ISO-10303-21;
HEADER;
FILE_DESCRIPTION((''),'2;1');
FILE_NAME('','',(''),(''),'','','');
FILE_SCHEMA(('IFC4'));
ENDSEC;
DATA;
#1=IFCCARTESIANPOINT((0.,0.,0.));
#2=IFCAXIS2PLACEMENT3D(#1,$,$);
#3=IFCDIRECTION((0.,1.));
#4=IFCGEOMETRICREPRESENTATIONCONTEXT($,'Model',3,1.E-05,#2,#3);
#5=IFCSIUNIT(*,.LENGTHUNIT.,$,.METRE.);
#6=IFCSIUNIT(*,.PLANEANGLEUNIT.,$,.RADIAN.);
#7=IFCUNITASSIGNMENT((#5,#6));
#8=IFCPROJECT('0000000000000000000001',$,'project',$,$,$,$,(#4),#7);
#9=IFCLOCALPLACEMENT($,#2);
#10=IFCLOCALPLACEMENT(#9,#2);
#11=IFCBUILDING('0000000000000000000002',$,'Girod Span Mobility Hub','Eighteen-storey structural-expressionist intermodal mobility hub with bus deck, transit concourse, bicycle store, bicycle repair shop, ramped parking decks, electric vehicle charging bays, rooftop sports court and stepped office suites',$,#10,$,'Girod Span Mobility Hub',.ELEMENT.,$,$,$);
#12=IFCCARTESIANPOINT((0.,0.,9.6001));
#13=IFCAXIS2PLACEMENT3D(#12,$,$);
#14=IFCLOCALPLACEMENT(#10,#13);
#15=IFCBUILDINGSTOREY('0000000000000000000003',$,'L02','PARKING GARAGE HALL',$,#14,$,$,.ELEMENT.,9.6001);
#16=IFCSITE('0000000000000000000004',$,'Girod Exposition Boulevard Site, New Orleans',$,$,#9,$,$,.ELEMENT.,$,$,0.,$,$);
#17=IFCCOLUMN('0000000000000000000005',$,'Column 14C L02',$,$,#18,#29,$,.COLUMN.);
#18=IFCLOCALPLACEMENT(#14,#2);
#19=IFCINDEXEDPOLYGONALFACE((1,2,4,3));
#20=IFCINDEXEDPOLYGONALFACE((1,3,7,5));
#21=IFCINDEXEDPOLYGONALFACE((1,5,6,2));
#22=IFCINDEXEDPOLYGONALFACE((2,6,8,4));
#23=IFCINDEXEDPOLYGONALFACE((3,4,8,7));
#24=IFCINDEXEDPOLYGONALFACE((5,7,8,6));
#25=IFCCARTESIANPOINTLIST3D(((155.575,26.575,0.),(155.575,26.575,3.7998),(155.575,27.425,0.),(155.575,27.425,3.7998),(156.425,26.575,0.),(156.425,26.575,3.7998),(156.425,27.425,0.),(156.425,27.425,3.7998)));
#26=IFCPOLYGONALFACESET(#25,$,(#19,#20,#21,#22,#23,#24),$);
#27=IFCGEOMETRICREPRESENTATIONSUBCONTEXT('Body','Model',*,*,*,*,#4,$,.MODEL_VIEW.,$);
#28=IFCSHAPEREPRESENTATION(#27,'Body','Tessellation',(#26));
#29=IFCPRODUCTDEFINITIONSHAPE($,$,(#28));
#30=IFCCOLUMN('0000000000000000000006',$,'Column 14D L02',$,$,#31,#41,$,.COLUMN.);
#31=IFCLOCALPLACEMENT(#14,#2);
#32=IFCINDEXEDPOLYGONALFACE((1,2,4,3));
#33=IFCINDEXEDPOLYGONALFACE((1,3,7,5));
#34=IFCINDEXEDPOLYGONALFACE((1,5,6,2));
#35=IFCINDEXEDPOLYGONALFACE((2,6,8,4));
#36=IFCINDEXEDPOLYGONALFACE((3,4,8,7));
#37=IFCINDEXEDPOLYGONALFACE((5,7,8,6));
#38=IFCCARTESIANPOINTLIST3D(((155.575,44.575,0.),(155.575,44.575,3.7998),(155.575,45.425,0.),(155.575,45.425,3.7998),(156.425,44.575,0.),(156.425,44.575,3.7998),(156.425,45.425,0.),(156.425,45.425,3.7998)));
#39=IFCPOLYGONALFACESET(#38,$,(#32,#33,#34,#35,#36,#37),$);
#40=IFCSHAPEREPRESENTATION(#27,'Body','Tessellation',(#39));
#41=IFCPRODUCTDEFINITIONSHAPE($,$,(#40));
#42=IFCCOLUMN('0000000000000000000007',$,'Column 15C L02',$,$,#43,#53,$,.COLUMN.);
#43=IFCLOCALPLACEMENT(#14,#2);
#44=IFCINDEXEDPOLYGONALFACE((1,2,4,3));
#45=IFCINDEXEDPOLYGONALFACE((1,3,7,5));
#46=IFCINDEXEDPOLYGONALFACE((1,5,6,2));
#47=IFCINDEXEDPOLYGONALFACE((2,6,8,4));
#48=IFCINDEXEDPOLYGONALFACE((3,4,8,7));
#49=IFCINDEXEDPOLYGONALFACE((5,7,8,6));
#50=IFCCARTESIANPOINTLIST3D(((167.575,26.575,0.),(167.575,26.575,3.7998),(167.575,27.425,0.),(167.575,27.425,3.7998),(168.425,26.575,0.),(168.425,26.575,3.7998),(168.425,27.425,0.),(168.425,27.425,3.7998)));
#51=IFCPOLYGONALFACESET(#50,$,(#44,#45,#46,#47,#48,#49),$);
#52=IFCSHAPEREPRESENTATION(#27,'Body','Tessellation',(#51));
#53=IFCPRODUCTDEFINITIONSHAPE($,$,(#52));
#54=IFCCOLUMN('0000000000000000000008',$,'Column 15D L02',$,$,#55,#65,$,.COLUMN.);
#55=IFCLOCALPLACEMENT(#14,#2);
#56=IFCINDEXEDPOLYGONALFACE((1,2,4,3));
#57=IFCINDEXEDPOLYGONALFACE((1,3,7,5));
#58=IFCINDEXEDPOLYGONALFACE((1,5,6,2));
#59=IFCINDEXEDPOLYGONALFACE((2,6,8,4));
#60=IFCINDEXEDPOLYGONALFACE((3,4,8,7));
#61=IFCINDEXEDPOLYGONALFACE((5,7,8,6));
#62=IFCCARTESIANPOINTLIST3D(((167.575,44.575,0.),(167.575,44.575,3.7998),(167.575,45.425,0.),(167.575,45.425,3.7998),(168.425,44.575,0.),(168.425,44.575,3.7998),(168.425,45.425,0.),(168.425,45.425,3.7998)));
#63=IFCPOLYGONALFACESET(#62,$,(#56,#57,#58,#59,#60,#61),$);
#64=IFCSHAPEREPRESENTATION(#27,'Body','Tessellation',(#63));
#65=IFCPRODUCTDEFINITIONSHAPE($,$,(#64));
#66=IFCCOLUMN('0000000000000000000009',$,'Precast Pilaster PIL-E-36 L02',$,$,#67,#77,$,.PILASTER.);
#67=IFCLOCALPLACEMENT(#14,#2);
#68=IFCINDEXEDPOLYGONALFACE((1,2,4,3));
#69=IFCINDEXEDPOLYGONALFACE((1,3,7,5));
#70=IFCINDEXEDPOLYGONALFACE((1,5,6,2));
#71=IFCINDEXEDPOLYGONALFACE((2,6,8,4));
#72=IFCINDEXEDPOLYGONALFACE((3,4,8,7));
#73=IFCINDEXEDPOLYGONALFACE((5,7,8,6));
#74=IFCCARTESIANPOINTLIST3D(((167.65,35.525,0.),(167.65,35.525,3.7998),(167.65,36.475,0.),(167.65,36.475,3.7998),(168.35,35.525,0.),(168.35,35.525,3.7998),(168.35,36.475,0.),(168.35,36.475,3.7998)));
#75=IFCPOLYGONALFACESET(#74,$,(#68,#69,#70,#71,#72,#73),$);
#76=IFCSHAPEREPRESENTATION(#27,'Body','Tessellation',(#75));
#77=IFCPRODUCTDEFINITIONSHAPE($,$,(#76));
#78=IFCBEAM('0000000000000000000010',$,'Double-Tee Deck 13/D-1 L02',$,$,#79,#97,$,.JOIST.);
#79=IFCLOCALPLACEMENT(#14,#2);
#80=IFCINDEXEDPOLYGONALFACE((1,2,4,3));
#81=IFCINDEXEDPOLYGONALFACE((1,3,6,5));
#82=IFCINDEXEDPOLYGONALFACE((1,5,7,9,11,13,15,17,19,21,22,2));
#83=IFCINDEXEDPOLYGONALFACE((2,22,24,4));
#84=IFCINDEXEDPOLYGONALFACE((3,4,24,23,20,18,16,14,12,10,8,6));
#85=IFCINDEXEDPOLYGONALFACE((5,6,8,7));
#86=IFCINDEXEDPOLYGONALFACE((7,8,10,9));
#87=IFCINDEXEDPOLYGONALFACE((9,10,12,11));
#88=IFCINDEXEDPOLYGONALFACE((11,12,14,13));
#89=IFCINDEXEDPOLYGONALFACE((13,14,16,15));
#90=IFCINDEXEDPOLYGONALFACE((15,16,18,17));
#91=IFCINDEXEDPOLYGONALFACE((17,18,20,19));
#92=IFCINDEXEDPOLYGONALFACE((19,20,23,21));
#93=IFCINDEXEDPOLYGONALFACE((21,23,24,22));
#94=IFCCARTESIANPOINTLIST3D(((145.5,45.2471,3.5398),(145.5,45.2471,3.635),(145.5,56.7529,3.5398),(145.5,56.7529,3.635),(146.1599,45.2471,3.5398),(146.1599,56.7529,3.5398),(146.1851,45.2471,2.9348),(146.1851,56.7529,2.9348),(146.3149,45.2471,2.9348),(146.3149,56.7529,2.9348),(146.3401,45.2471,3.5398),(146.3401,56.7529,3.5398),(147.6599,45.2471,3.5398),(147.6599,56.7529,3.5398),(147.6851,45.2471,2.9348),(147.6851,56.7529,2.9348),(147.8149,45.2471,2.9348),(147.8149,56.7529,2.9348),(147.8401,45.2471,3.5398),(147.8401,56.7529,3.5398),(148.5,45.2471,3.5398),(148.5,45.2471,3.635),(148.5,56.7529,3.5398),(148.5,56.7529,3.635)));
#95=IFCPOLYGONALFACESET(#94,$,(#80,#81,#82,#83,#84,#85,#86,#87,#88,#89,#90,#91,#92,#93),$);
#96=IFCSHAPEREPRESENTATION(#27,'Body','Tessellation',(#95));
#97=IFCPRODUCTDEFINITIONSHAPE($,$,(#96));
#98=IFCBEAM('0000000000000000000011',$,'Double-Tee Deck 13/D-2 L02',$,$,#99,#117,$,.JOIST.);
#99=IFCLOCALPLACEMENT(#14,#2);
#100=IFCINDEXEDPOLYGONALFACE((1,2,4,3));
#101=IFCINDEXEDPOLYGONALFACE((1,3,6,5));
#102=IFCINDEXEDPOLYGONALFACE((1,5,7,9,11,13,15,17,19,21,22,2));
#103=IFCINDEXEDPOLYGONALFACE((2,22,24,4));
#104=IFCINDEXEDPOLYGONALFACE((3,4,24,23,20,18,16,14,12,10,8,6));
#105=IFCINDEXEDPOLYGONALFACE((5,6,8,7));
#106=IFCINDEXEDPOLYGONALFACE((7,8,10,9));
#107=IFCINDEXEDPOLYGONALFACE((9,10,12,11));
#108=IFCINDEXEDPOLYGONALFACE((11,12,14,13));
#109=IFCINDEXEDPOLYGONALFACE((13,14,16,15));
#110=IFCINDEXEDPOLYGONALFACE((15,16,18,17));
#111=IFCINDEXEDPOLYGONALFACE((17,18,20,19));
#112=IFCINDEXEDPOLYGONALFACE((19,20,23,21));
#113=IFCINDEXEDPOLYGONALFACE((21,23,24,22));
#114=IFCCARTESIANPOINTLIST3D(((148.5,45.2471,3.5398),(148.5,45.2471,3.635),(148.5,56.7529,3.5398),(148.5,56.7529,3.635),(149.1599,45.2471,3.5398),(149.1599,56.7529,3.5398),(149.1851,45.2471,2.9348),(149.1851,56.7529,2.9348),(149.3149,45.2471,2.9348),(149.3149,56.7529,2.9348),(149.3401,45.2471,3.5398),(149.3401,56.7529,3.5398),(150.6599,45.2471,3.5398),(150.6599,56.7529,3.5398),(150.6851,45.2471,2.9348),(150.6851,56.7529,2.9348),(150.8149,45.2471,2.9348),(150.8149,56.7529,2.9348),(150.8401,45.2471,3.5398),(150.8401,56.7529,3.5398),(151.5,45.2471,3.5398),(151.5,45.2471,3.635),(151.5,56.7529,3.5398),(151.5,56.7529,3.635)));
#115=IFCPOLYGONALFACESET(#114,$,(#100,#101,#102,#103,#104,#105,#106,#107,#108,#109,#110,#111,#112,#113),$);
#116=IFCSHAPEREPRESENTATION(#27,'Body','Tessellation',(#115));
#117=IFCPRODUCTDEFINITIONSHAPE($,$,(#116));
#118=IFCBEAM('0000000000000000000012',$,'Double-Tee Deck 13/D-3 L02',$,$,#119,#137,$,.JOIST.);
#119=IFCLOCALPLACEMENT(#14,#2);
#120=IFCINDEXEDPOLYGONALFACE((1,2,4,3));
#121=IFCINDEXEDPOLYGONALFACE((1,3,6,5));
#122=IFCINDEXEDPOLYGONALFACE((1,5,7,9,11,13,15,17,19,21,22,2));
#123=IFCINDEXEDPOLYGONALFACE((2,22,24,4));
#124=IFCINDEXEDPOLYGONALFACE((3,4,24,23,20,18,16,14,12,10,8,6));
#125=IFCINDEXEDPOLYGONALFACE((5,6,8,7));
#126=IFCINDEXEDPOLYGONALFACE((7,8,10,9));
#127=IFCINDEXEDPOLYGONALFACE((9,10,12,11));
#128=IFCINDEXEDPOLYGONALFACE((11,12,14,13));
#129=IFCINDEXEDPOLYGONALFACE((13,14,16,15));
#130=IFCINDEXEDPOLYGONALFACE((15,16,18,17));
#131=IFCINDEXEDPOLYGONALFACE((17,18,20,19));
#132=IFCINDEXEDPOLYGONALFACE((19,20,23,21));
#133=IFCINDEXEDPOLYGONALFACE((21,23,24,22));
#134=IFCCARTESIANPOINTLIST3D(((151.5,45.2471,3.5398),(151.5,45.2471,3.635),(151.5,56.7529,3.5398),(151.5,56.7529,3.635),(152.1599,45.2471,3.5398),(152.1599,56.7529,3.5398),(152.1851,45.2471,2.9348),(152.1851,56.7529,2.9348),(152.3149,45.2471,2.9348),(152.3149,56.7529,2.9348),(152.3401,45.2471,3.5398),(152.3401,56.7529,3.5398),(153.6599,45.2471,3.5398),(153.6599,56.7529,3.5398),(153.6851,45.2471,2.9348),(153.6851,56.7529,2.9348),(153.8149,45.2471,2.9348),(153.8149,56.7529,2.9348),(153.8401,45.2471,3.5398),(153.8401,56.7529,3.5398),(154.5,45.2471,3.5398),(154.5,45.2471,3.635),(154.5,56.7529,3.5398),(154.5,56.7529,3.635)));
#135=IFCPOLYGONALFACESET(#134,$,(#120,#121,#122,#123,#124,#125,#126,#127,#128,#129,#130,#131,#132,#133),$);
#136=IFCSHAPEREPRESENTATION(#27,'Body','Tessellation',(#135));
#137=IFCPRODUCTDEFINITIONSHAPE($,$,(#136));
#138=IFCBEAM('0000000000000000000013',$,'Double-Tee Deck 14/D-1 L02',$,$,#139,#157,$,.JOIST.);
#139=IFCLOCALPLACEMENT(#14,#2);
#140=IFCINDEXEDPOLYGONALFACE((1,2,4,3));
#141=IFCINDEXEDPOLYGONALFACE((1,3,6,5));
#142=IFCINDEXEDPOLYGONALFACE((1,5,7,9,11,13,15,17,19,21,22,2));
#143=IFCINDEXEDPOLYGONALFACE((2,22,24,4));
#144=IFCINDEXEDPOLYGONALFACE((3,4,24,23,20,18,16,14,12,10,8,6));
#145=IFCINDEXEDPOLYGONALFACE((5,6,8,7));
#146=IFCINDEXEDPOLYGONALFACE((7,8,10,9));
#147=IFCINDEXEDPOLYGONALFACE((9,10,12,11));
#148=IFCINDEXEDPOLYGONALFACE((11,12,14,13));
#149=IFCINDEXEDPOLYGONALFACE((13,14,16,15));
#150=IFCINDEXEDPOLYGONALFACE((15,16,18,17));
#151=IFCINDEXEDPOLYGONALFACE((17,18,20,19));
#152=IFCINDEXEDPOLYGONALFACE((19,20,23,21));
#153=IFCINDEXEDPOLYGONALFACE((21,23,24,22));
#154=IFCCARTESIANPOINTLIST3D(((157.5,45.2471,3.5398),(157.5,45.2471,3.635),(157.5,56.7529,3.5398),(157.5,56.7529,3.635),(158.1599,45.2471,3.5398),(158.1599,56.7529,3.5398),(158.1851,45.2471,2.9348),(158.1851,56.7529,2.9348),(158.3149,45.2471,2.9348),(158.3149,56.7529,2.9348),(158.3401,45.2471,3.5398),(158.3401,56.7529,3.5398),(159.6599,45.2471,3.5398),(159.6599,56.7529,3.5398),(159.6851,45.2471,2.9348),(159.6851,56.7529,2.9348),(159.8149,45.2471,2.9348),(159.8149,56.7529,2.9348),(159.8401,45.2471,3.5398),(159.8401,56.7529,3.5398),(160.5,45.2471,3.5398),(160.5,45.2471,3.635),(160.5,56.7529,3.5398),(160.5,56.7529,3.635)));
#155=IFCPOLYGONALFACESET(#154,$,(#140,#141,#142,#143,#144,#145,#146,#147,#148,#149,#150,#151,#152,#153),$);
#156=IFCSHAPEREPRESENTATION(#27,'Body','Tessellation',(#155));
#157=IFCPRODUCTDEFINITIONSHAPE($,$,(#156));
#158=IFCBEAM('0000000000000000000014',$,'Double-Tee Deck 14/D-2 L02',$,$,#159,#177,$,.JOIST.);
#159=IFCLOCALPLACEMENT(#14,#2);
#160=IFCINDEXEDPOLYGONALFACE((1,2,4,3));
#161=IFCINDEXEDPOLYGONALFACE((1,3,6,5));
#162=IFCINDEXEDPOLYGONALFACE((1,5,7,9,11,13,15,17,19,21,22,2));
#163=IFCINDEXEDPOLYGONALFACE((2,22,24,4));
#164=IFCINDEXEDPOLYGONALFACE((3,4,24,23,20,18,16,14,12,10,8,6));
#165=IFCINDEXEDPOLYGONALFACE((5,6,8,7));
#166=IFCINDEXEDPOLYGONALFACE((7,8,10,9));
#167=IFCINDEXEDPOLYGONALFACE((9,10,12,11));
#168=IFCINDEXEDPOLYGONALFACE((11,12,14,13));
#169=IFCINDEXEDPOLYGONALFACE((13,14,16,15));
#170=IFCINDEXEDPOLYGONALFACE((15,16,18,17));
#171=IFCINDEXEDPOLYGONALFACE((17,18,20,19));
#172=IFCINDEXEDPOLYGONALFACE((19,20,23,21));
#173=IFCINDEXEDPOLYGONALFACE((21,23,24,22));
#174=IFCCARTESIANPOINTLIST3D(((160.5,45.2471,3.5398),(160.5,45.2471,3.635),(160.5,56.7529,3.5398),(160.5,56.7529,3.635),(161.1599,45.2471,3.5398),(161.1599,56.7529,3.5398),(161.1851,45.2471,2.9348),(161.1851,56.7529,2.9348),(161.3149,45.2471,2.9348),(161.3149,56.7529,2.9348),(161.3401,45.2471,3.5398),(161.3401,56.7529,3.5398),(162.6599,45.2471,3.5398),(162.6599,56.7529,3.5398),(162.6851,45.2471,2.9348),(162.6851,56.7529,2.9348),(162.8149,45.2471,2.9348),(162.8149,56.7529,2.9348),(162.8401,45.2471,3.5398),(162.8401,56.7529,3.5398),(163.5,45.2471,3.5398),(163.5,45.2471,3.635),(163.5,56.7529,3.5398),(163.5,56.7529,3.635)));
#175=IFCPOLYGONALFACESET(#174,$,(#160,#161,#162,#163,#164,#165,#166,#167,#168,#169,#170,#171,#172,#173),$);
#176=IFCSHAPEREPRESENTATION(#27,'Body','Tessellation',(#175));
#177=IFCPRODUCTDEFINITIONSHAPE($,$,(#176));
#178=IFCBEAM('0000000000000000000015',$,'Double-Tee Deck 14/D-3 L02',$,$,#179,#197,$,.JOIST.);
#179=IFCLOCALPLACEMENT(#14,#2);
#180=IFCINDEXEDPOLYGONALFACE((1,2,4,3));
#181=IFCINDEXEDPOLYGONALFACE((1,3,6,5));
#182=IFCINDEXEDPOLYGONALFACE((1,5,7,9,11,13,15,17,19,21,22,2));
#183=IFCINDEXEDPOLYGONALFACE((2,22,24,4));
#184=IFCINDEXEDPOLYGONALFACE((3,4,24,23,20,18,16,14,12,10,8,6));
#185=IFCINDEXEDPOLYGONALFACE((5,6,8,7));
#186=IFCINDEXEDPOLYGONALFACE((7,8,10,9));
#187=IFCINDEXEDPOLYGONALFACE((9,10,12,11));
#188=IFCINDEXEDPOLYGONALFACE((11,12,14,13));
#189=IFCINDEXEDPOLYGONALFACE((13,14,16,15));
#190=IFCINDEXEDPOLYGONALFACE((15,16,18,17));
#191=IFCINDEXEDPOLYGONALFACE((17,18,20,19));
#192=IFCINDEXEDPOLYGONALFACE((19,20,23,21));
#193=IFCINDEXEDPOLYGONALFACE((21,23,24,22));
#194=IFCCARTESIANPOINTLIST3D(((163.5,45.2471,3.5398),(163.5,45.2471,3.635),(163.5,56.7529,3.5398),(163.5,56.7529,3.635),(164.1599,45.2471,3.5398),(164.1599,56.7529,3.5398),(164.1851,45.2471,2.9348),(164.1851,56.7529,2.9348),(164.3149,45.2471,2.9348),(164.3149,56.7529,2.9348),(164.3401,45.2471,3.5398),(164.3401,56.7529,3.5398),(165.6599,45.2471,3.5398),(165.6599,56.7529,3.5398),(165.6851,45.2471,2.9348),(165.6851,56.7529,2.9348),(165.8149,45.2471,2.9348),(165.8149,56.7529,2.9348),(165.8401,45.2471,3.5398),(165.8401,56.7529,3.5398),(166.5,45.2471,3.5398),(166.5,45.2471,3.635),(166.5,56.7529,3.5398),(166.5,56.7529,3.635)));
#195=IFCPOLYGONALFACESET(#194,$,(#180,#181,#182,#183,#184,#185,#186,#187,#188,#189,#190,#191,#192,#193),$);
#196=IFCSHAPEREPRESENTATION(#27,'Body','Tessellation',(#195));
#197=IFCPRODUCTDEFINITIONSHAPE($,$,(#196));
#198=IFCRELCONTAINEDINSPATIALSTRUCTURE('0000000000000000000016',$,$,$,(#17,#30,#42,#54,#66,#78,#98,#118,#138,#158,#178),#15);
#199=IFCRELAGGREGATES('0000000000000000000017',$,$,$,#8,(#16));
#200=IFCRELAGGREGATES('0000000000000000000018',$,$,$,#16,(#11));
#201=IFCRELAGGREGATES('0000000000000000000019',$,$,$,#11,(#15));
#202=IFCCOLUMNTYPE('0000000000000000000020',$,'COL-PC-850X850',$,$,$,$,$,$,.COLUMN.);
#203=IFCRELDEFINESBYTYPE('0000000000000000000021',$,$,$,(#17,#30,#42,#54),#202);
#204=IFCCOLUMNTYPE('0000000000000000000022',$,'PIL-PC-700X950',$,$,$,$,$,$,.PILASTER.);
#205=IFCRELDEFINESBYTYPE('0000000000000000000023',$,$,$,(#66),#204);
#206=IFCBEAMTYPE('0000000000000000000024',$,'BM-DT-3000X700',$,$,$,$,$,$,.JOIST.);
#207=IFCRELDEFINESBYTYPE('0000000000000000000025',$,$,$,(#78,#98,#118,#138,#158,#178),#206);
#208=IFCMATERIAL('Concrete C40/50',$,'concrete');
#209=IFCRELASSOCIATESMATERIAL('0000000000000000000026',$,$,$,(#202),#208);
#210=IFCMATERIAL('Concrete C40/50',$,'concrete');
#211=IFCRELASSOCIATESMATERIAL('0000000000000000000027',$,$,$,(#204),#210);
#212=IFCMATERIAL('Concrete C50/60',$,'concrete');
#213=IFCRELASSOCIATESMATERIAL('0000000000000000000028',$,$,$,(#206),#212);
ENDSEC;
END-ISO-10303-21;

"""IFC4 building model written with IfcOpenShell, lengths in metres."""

from ifc_helpers import new_model, si_unit, direction, frame, origin, origin_2d, place, context, subcontext, project, spatial, polyline, rectangle, outline, extrude, material, material_profile, profile_set, type_object, element, save


model = new_model("IFC4")

# Units and contexts
model_context = context("Model", 3, precision=1e-05, world=origin(), true_north=direction((0.0, 1.0)))
body_context = subcontext(model_context, "Body", "Model", "MODEL_VIEW")
ifc_project = project(units=[si_unit("LENGTHUNIT", "METRE"), si_unit("PLANEANGLEUNIT", "RADIAN")], contexts=[model_context])

# Site, building, storey
site_placement = place(None, origin())
site = spatial("IfcSite", under=ifc_project, at=site_placement, Name="Girod Exposition Boulevard Site, New Orleans", CompositionType="ELEMENT", RefElevation=0.0)
building_placement = place(site_placement, origin())
building = spatial("IfcBuilding", under=site, at=building_placement, Name="Girod Span Mobility Hub", Description="Eighteen-storey structural-expressionist intermodal mobility hub with bus deck, transit concourse, bicycle store, bicycle repair shop, ramped parking decks, electric vehicle charging bays, rooftop sports court and stepped office suites", LongName="Girod Span Mobility Hub", CompositionType="ELEMENT")
storey_placement = place(building_placement, frame((0.0, 0.0, 9.6001)))
storey = spatial("IfcBuildingStorey", under=building, at=storey_placement, Name="L02", Description="PARKING GARAGE HALL", CompositionType="ELEMENT", Elevation=9.6001)

# Columns
ifc_material_1 = material(Name="Concrete C40/50", Category="concrete")
ifc_material_profile_1 = material_profile(ifc_material_1, rectangle(XDim=0.8501, YDim=0.8501, at=origin_2d()), Name="PC-COL-850X850")
ifc_profile_set_1 = profile_set([ifc_material_profile_1], Name="Concrete C40/50")
column_type_1 = type_object("IfcColumnType", Name="COL-PC-850X850", PredefinedType="COLUMN", material=ifc_profile_set_1)
for number, where, z_axis, x_axis, name in (
    (1, (156.0, 27.0, 0.0), (0.0, 0.0, 1.0), (1.0, 0.0, 0.0), "Column 14C L02"),
    (2, (156.0, 45.0, 0.0), (0.0, 0.0, 1.0), (1.0, 0.0, 0.0), "Column 14D L02"),
    (3, (168.0, 27.0, 0.0), (0.0, 0.0, 1.0), (1.0, 0.0, 0.0), "Column 15C L02"),
    (4, (168.0, 45.0, 0.0), (0.0, 0.0, 1.0), (1.0, 0.0, 0.0), "Column 15D L02"),
):
    element("IfcColumn", number, at=place(storey_placement, frame(where, z_axis=z_axis, x_axis=x_axis)), inside=storey, type_object=column_type_1, Name=name, PredefinedType="COLUMN", context=body_context, shape_type="SweptSolid", body=[
        extrude(rectangle(XDim=0.8501, YDim=0.8501, at=origin_2d()), origin(), (0.0, 0.0, 1.0), 3.7998),
    ])
ifc_material_2 = material(Name="Concrete C40/50", Category="concrete")
ifc_material_profile_2 = material_profile(ifc_material_2, rectangle(XDim=0.7, YDim=0.95, at=origin_2d()), Name="PC-PIL-700X950")
ifc_profile_set_2 = profile_set([ifc_material_profile_2], Name="Concrete C40/50")
column_type_2 = type_object("IfcColumnType", Name="PIL-PC-700X950", PredefinedType="PILASTER", material=ifc_profile_set_2)
column_placement = place(storey_placement, frame((168.0, 36.0, 0.0), z_axis=(0.0, 0.0, 1.0), x_axis=(1.0, 0.0, 0.0)))
element("IfcColumn", 5, at=column_placement, inside=storey, type_object=column_type_2, Name="Precast Pilaster PIL-E-36 L02", PredefinedType="PILASTER", context=body_context, shape_type="SweptSolid", body=[
    extrude(rectangle(XDim=0.7, YDim=0.95, at=origin_2d()), origin(), (0.0, 0.0, 1.0), 3.7998),
])

# Beams
ifc_material_3 = material(Name="Concrete C50/60", Category="concrete")
ifc_material_profile_3 = material_profile(ifc_material_3, outline(polyline([(-1.5, 0.3501), (-1.5, 0.2549), (-0.8401, 0.2549), (-0.8149, -0.3501), (-0.6851, -0.3501), (-0.6599, 0.2549), (0.6599, 0.2549), (0.6851, -0.3501), (0.8149, -0.3501), (0.8401, 0.2549), (1.5, 0.2549), (1.5, 0.3501), (-1.5, 0.3501)])), Name="DT-3000X700")
ifc_profile_set_3 = profile_set([ifc_material_profile_3], Name="Concrete C50/60")
beam_type_1 = type_object("IfcBeamType", Name="BM-DT-3000X700", PredefinedType="JOIST", material=ifc_profile_set_3)
for number, where, z_axis, x_axis, name in (
    (6, (147.0, 45.2471, 3.2849), (0.0, 1.0, 0.0), (-1.0, 0.0, 0.0), "Double-Tee Deck 13/D-1 L02"),
    (7, (150.0, 45.2471, 3.2849), (0.0, 1.0, 0.0), (-1.0, 0.0, 0.0), "Double-Tee Deck 13/D-2 L02"),
    (8, (153.0, 45.2471, 3.2849), (0.0, 1.0, 0.0), (-1.0, 0.0, 0.0), "Double-Tee Deck 13/D-3 L02"),
    (9, (159.0, 45.2471, 3.2849), (0.0, 1.0, 0.0), (-1.0, 0.0, 0.0), "Double-Tee Deck 14/D-1 L02"),
    (10, (162.0, 45.2471, 3.2849), (0.0, 1.0, 0.0), (-1.0, 0.0, 0.0), "Double-Tee Deck 14/D-2 L02"),
    (11, (165.0, 45.2471, 3.2849), (0.0, 1.0, 0.0), (-1.0, 0.0, 0.0), "Double-Tee Deck 14/D-3 L02"),
):
    element("IfcBeam", number, at=place(storey_placement, frame(where, z_axis=z_axis, x_axis=x_axis)), inside=storey, type_object=beam_type_1, Name=name, PredefinedType="JOIST", context=body_context, shape_type="SweptSolid", body=[
        extrude(outline(polyline([(-1.5, 0.3501), (-1.5, 0.2549), (-0.8401, 0.2549), (-0.8149, -0.3501), (-0.6851, -0.3501), (-0.6599, 0.2549), (0.6599, 0.2549), (0.6851, -0.3501), (0.8149, -0.3501), (0.8401, 0.2549), (1.5, 0.2549), (1.5, 0.3501), (-1.5, 0.3501)])), origin(), (0.0, 0.0, 1.0), 11.5059),
    ])

save(model, "model.ifc")
